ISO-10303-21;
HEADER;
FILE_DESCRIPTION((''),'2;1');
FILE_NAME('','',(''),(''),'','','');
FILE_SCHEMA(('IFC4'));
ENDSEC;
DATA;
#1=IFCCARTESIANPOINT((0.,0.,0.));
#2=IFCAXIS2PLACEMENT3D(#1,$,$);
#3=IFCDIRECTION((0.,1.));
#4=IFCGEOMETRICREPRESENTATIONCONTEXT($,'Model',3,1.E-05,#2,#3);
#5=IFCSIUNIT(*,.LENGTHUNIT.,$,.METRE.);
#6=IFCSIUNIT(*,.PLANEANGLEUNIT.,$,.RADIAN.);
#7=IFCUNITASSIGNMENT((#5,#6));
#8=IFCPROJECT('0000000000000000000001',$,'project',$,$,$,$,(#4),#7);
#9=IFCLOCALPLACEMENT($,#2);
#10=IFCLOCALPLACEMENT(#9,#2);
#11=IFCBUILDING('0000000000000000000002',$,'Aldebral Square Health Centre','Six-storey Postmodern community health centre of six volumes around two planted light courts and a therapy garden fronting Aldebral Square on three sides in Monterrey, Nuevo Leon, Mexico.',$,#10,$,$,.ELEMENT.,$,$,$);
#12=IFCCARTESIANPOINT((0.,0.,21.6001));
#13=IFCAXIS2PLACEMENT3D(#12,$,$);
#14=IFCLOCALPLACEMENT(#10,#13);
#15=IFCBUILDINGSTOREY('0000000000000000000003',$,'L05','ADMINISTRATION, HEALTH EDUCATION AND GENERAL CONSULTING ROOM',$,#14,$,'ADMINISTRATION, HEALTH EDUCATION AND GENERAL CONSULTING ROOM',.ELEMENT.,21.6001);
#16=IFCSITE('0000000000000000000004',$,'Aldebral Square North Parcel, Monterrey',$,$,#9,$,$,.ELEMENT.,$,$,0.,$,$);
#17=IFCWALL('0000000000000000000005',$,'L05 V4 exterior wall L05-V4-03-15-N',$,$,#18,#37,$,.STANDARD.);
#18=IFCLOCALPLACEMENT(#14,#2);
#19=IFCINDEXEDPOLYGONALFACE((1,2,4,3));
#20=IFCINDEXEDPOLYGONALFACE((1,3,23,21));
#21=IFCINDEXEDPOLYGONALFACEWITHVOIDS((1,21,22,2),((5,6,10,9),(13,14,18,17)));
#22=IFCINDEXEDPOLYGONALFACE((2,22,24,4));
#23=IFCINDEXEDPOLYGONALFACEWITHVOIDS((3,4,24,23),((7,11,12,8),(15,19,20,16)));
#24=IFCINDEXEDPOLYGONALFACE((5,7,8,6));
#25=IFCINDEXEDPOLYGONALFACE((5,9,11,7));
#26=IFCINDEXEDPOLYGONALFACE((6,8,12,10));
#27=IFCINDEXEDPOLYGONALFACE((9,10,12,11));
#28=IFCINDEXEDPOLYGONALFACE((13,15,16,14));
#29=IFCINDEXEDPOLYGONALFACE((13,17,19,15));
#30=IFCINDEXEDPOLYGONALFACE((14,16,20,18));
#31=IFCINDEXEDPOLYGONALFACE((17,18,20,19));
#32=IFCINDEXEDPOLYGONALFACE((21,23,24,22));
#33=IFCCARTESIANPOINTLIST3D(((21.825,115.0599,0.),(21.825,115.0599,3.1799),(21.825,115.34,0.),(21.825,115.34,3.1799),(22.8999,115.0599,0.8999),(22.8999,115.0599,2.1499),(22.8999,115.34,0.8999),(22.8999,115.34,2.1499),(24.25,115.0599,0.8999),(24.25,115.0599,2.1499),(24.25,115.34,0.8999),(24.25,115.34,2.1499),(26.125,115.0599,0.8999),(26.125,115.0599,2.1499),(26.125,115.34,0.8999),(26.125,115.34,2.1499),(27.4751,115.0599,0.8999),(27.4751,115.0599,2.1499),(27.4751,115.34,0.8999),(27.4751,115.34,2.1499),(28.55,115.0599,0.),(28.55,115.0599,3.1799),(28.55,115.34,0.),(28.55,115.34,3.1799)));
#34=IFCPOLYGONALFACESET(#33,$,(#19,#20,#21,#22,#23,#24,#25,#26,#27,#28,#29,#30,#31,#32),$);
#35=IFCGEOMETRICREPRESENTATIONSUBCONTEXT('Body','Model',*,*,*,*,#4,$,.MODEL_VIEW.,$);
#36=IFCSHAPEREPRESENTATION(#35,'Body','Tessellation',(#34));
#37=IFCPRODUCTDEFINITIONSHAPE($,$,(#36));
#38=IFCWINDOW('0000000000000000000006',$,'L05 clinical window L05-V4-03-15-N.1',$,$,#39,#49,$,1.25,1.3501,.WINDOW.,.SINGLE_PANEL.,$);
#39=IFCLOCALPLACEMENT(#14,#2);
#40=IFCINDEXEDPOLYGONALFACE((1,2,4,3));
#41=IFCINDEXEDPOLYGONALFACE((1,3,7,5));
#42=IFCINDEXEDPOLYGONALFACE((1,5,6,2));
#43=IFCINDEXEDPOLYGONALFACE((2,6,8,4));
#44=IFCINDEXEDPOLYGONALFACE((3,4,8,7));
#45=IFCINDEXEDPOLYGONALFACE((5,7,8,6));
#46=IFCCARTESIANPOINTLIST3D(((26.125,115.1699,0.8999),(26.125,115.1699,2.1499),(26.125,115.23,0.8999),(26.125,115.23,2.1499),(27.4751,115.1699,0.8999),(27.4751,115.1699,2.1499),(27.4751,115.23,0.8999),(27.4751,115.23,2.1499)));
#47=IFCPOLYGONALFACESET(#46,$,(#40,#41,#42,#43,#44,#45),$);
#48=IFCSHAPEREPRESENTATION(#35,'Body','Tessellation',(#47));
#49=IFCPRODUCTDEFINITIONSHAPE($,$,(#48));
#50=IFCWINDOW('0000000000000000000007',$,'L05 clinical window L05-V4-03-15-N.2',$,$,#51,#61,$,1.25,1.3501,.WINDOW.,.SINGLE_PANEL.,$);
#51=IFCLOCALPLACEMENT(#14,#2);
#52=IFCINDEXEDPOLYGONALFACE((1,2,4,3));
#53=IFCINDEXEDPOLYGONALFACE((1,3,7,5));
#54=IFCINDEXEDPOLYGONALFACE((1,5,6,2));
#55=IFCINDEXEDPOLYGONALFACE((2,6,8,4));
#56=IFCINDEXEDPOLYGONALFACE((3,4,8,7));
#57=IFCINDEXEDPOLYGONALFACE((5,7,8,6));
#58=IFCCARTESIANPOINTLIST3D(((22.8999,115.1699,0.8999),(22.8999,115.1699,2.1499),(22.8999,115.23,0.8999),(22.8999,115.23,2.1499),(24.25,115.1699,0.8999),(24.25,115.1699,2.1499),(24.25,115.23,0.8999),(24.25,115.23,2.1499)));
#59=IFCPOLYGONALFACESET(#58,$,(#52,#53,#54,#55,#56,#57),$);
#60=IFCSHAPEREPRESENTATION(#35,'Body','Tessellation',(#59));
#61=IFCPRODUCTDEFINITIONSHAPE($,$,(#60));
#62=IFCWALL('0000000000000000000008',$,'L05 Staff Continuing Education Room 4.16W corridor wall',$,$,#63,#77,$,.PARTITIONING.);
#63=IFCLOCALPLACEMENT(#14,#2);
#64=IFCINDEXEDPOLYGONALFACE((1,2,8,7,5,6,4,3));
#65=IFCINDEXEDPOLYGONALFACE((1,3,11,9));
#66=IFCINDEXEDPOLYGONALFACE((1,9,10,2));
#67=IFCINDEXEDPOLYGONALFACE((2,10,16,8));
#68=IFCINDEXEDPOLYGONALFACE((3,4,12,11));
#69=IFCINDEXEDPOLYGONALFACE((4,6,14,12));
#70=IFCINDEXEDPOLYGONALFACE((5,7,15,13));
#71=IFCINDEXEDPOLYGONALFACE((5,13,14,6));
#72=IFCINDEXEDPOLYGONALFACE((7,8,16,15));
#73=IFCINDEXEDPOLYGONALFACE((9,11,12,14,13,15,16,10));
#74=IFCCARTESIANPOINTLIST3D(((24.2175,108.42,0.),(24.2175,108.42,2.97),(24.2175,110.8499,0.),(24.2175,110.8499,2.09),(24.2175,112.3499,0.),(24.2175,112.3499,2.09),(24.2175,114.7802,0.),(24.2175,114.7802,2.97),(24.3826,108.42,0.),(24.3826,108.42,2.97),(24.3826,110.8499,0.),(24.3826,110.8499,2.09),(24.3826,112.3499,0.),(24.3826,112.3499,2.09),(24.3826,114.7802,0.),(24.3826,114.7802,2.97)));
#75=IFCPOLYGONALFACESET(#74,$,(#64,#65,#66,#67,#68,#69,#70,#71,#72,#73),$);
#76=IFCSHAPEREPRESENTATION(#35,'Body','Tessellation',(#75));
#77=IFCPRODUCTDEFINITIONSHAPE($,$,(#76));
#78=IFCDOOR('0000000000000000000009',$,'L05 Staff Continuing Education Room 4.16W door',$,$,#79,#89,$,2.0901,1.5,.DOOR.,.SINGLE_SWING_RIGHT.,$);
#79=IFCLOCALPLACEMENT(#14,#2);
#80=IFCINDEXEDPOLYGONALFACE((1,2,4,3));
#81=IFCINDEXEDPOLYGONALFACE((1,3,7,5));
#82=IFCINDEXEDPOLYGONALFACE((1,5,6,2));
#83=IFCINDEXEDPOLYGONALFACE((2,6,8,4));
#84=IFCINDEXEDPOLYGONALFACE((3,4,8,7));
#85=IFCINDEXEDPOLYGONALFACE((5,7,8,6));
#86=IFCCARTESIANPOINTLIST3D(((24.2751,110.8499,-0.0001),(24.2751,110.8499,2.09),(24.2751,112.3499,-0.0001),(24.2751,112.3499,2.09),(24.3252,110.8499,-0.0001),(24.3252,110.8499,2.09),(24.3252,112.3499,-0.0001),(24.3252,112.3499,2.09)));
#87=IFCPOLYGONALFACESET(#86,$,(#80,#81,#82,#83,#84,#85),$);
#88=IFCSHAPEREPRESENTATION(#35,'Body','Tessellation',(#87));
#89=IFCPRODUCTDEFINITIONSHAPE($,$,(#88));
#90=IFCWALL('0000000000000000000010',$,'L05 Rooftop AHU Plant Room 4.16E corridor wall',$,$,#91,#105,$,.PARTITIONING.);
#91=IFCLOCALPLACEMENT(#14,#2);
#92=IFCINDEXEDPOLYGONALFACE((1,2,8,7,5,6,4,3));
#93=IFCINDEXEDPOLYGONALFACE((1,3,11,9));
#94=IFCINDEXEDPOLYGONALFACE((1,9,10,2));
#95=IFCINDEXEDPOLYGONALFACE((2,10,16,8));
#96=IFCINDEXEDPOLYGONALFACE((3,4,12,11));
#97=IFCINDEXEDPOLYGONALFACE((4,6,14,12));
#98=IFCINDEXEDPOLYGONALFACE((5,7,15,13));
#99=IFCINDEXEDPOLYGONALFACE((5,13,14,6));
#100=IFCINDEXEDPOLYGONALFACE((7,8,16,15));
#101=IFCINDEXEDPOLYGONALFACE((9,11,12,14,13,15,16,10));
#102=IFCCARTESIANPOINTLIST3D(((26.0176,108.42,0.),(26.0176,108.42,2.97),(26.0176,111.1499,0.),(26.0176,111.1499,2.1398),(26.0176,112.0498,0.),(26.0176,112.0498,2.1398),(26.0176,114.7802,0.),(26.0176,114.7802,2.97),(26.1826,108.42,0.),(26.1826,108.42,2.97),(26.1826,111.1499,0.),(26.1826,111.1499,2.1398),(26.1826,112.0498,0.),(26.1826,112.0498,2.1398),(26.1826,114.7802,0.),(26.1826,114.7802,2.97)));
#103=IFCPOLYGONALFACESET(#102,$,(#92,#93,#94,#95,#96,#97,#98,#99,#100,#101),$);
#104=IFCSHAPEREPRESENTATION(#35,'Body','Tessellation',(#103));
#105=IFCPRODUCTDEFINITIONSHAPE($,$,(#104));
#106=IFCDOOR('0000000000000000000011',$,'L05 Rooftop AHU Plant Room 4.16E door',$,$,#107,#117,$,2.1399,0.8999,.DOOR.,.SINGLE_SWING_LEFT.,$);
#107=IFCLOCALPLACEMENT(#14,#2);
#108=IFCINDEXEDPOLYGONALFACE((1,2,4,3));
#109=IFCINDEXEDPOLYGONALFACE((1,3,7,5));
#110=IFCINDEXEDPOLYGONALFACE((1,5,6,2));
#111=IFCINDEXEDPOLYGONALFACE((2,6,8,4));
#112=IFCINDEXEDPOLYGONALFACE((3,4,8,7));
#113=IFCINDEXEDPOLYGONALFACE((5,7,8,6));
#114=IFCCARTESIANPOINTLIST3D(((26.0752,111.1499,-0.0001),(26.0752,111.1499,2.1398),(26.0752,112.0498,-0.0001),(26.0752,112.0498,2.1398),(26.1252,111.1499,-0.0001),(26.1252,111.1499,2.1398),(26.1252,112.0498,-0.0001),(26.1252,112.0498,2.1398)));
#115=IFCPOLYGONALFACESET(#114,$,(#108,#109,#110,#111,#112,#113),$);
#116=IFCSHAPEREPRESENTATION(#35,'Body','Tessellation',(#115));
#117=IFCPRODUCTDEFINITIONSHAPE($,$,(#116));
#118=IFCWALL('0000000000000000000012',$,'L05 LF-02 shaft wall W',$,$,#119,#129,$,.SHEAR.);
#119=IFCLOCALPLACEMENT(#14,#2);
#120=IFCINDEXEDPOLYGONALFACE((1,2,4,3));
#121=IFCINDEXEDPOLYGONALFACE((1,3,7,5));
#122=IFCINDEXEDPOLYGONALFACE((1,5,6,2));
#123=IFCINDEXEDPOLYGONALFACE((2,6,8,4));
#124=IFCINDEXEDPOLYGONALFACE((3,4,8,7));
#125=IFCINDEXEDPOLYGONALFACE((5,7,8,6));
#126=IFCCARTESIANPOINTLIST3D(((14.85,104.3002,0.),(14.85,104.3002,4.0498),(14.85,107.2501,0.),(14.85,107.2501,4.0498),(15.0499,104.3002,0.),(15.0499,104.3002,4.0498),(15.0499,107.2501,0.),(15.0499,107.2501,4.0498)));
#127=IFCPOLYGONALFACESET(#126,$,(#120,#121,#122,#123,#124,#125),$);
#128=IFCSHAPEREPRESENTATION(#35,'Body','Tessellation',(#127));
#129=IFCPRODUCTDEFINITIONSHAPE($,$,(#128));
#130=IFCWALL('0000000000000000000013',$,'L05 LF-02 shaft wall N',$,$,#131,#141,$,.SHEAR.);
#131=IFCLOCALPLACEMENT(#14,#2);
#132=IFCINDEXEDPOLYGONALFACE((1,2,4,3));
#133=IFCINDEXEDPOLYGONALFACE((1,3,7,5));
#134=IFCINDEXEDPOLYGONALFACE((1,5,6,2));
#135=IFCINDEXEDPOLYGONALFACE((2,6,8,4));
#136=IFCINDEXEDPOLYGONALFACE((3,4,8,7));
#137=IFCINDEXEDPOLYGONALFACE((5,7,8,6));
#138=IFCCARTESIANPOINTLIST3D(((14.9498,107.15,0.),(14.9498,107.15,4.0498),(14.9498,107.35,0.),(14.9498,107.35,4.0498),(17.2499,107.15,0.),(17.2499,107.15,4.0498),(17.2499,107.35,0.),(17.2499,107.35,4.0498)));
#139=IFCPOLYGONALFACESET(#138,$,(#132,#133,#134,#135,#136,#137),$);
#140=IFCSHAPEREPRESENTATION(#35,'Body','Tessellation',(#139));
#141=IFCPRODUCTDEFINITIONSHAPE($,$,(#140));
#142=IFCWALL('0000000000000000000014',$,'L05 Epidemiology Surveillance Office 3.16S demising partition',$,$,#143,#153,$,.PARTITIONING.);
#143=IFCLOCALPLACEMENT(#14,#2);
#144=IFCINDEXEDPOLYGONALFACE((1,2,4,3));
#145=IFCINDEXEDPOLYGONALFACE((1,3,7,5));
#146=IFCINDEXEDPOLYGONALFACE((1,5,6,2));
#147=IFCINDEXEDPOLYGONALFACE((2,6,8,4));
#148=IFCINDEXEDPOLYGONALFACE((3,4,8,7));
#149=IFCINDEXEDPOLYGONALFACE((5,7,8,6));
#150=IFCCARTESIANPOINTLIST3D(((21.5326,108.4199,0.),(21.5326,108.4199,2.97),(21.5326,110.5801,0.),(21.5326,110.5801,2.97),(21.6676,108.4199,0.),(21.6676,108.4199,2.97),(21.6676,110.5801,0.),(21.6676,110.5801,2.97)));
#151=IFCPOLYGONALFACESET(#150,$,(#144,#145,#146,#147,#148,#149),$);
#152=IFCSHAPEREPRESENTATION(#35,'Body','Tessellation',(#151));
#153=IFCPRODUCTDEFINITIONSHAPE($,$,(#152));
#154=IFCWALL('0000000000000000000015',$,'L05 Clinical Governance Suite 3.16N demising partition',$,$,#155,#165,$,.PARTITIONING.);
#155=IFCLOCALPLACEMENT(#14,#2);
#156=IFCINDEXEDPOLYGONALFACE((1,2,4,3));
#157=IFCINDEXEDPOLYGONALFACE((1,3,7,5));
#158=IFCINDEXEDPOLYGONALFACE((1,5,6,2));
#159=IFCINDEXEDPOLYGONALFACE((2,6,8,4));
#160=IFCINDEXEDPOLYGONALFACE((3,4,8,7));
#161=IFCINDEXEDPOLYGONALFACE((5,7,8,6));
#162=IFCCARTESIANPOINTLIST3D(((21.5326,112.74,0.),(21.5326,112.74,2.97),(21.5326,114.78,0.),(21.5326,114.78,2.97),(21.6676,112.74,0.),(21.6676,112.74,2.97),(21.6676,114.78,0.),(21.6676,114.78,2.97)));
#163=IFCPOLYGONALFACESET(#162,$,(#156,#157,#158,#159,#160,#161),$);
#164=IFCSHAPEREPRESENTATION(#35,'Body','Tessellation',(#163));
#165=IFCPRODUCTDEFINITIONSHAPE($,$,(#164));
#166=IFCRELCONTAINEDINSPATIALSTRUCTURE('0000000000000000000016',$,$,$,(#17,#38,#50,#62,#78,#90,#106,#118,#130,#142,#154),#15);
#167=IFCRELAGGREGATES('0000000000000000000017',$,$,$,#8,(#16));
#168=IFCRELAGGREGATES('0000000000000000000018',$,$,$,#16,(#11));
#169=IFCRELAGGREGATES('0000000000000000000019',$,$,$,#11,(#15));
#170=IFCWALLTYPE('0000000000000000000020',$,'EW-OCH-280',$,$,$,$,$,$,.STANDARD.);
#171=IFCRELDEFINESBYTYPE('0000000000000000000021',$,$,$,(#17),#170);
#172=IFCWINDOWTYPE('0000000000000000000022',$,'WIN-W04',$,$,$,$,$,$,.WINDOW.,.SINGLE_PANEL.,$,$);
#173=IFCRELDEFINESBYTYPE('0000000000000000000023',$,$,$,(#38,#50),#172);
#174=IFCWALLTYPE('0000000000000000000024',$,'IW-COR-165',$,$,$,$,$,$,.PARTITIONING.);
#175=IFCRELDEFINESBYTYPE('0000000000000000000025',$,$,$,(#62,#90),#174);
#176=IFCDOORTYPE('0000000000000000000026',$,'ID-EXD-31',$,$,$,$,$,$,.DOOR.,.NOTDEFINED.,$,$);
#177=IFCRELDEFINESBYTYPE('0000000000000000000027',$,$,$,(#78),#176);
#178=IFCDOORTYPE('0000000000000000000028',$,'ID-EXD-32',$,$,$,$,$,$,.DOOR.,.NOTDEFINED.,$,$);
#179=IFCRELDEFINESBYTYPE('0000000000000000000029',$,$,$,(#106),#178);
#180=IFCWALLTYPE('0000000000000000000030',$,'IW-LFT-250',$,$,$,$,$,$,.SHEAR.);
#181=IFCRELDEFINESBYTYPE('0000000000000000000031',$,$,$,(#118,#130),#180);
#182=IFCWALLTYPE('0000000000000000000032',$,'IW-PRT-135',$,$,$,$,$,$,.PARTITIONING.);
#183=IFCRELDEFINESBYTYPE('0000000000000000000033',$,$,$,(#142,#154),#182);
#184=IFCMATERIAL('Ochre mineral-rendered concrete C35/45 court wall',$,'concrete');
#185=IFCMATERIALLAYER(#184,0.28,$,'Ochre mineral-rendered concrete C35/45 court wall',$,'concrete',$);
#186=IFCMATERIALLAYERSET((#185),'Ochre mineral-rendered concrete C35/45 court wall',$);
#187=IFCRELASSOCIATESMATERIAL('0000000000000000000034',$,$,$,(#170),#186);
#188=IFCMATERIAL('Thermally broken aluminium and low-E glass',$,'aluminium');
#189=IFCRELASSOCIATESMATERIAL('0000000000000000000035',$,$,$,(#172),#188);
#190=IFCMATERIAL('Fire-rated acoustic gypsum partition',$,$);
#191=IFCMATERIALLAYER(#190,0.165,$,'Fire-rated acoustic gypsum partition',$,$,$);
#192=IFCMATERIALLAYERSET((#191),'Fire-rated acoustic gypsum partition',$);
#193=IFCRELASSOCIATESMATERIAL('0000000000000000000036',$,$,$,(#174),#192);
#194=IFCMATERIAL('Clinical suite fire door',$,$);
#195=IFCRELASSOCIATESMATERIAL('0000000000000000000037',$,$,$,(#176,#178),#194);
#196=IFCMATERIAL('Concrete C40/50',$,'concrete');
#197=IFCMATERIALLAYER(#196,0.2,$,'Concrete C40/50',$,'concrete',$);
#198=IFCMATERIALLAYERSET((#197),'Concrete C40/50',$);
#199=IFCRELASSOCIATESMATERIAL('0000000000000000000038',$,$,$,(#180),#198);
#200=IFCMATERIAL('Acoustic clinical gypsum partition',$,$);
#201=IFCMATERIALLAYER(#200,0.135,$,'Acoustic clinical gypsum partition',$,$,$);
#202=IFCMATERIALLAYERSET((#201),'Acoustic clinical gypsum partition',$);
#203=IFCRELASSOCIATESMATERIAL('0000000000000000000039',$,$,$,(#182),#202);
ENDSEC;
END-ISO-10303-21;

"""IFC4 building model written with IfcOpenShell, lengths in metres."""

from ifc_helpers import new_model, si_unit, direction, frame, frame_2d, origin, place, context, subcontext, project, spatial, rectangle, extrude, material, layer, layer_set, type_object, element, fill, save


model = new_model("IFC4")

# Units and contexts
model_context = context("Model", 3, precision=1e-05, world=origin(), true_north=direction((0.0, 1.0)))
body_context = subcontext(model_context, "Body", "Model", "MODEL_VIEW")
ifc_project = project(units=[si_unit("LENGTHUNIT", "METRE"), si_unit("PLANEANGLEUNIT", "RADIAN")], contexts=[model_context])

# Site, building, storey
site_placement = place(None, origin())
site = spatial("IfcSite", under=ifc_project, at=site_placement, Name="Aldebral Square North Parcel, Monterrey", CompositionType="ELEMENT", RefElevation=0.0)
building_placement = place(site_placement, origin())
building = spatial("IfcBuilding", under=site, at=building_placement, Name="Aldebral Square Health Centre", Description="Six-storey Postmodern community health centre of six volumes around two planted light courts and a therapy garden fronting Aldebral Square on three sides in Monterrey, Nuevo Leon, Mexico.", CompositionType="ELEMENT")
storey_placement = place(building_placement, frame((0.0, 0.0, 21.6001)))
storey = spatial("IfcBuildingStorey", under=building, at=storey_placement, Name="L05", Description="ADMINISTRATION, HEALTH EDUCATION AND GENERAL CONSULTING ROOM", LongName="ADMINISTRATION, HEALTH EDUCATION AND GENERAL CONSULTING ROOM", CompositionType="ELEMENT", Elevation=21.6001)

# Shared definitions
ifc_material_1 = material(Name="Concrete C40/50", Category="concrete")

# Wall, openings, windows
ifc_material_2 = material(Name="Ochre mineral-rendered concrete C35/45 court wall", Category="concrete")
ifc_layer_1 = layer(ifc_material_2, 0.28, Name="Ochre mineral-rendered concrete C35/45 court wall", Category="concrete")
ifc_layer_set_1 = layer_set([ifc_layer_1], Name="Ochre mineral-rendered concrete C35/45 court wall")
wall_type_1 = type_object("IfcWallType", Name="EW-OCH-280", PredefinedType="STANDARD", material=ifc_layer_set_1)
ifc_material_3 = material(Name="Thermally broken aluminium and low-E glass", Category="aluminium")
wall_1_placement = place(storey_placement, frame((28.55, 115.2, 0.0), z_axis=(0.0, 0.0, 1.0), x_axis=(-1.0, 0.0, 0.0)))
wall_1 = element("IfcWall", 1, at=wall_1_placement, inside=storey, type_object=wall_type_1, Name="L05 V4 exterior wall L05-V4-03-15-N", PredefinedType="STANDARD", context=body_context, shape_type="SweptSolid", body=[
    extrude(rectangle(XDim=6.7251, YDim=0.28, at=frame_2d((3.3625, 0.0))), origin(), (0.0, 0.0, 1.0), 3.1799),
])
opening_1_placement = place(wall_1_placement, frame((1.075, 0.0, 0.8999)))
opening_1 = element("IfcOpeningElement", 2, at=opening_1_placement, cuts=wall_1, PredefinedType="OPENING", context=body_context, shape_type="SweptSolid", body=[
    extrude(rectangle(XDim=1.3501, YDim=1.25, at=frame_2d((0.675, 0.625))), frame((0.0, 0.1499, 0.0), z_axis=(0.0, -1.0, 0.0), x_axis=(1.0, 0.0, 0.0)), (0.0, 0.0, 1.0), 0.3),
])
opening_2_placement = place(wall_1_placement, frame((4.3, 0.0, 0.8999)))
opening_2 = element("IfcOpeningElement", 3, at=opening_2_placement, cuts=wall_1, PredefinedType="OPENING", context=body_context, shape_type="SweptSolid", body=[
    extrude(rectangle(XDim=1.3501, YDim=1.25, at=frame_2d((0.675, 0.625))), frame((0.0, 0.1499, 0.0), z_axis=(0.0, -1.0, 0.0), x_axis=(1.0, 0.0, 0.0)), (0.0, 0.0, 1.0), 0.3),
])
window_type_1 = type_object("IfcWindowType", Name="WIN-W04", PartitioningType="SINGLE_PANEL", PredefinedType="WINDOW", material=ifc_material_3)
window_1_placement = place(opening_1_placement, origin())
window_1 = element("IfcWindow", 4, at=window_1_placement, inside=storey, type_object=window_type_1, Name="L05 clinical window L05-V4-03-15-N.1", OverallHeight=1.25, OverallWidth=1.3501, PartitioningType="SINGLE_PANEL", PredefinedType="WINDOW", context=body_context, shape_type="SweptSolid", body=[
    extrude(rectangle(XDim=1.3501, YDim=1.25, at=frame_2d((0.675, 0.625))), frame((0.0, 0.03, 0.0), z_axis=(0.0, -1.0, 0.0), x_axis=(1.0, 0.0, 0.0)), (0.0, 0.0, 1.0), 0.0601),
])
fill(opening_1, window_1)
window_2_placement = place(opening_2_placement, origin())
window_2 = element("IfcWindow", 5, at=window_2_placement, inside=storey, type_object=window_type_1, Name="L05 clinical window L05-V4-03-15-N.2", OverallHeight=1.25, OverallWidth=1.3501, PartitioningType="SINGLE_PANEL", PredefinedType="WINDOW", context=body_context, shape_type="SweptSolid", body=[
    extrude(rectangle(XDim=1.3501, YDim=1.25, at=frame_2d((0.675, 0.625))), frame((0.0, 0.03, 0.0), z_axis=(0.0, -1.0, 0.0), x_axis=(1.0, 0.0, 0.0)), (0.0, 0.0, 1.0), 0.0601),
])
fill(opening_2, window_2)

# Walls, openings, doors
ifc_material_4 = material(Name="Fire-rated acoustic gypsum partition")
ifc_layer_2 = layer(ifc_material_4, 0.165, Name="Fire-rated acoustic gypsum partition")
ifc_layer_set_2 = layer_set([ifc_layer_2], Name="Fire-rated acoustic gypsum partition")
wall_type_2 = type_object("IfcWallType", Name="IW-COR-165", PredefinedType="PARTITIONING", material=ifc_layer_set_2)
wall_2_placement = place(storey_placement, frame((24.3, 108.4199, 0.0), z_axis=(0.0, 0.0, 1.0), x_axis=(0.0, 1.0, 0.0)))
wall_2 = element("IfcWall", 6, at=wall_2_placement, inside=storey, type_object=wall_type_2, Name="L05 Staff Continuing Education Room 4.16W corridor wall", PredefinedType="PARTITIONING", context=body_context, shape_type="SweptSolid", body=[
    extrude(rectangle(XDim=6.3601, YDim=0.165, at=frame_2d((3.1802, 0.0))), origin(), (0.0, 0.0, 1.0), 2.97),
])
opening_3_placement = place(wall_2_placement, frame((2.4299, 0.0, 0.0)))
opening_3 = element("IfcOpeningElement", 7, at=opening_3_placement, cuts=wall_2, PredefinedType="OPENING", context=body_context, shape_type="SweptSolid", body=[
    extrude(rectangle(XDim=1.5, YDim=2.0901, at=frame_2d((0.75, 1.0449))), frame((0.0, 0.0925, 0.0), z_axis=(0.0, -1.0, 0.0), x_axis=(1.0, 0.0, 0.0)), (0.0, 0.0, 1.0), 0.1851),
])
ifc_material_5 = material(Name="Clinical suite fire door")
door_type_1 = type_object("IfcDoorType", Name="ID-EXD-31", OperationType="NOTDEFINED", PredefinedType="DOOR", material=ifc_material_5)
door_1_placement = place(opening_3_placement, origin())
door_1 = element("IfcDoor", 8, at=door_1_placement, inside=storey, type_object=door_type_1, Name="L05 Staff Continuing Education Room 4.16W door", OperationType="SINGLE_SWING_RIGHT", OverallHeight=2.0901, OverallWidth=1.5, PredefinedType="DOOR", context=body_context, shape_type="SweptSolid", body=[
    extrude(rectangle(XDim=1.5, YDim=2.0901, at=frame_2d((0.75, 1.0449))), frame((0.0, 0.0249, 0.0), z_axis=(0.0, -1.0, 0.0), x_axis=(1.0, 0.0, 0.0)), (0.0, 0.0, 1.0), 0.05),
])
fill(opening_3, door_1)
wall_3_placement = place(storey_placement, frame((26.1001, 108.4199, 0.0), z_axis=(0.0, 0.0, 1.0), x_axis=(0.0, 1.0, 0.0)))
wall_3 = element("IfcWall", 9, at=wall_3_placement, inside=storey, type_object=wall_type_2, Name="L05 Rooftop AHU Plant Room 4.16E corridor wall", PredefinedType="PARTITIONING", context=body_context, shape_type="SweptSolid", body=[
    extrude(rectangle(XDim=6.3601, YDim=0.165, at=frame_2d((3.1802, 0.0))), origin(), (0.0, 0.0, 1.0), 2.97),
])
opening_4_placement = place(wall_3_placement, frame((2.73, 0.0, 0.0)))
opening_4 = element("IfcOpeningElement", 10, at=opening_4_placement, cuts=wall_3, PredefinedType="OPENING", context=body_context, shape_type="SweptSolid", body=[
    extrude(rectangle(XDim=0.8999, YDim=2.1399, at=frame_2d((0.45, 1.0698))), frame((0.0, 0.0925, 0.0), z_axis=(0.0, -1.0, 0.0), x_axis=(1.0, 0.0, 0.0)), (0.0, 0.0, 1.0), 0.1851),
])
door_type_2 = type_object("IfcDoorType", Name="ID-EXD-32", OperationType="NOTDEFINED", PredefinedType="DOOR", material=ifc_material_5)
door_2_placement = place(opening_4_placement, origin())
door_2 = element("IfcDoor", 11, at=door_2_placement, inside=storey, type_object=door_type_2, Name="L05 Rooftop AHU Plant Room 4.16E door", OperationType="SINGLE_SWING_LEFT", OverallHeight=2.1399, OverallWidth=0.8999, PredefinedType="DOOR", context=body_context, shape_type="SweptSolid", body=[
    extrude(rectangle(XDim=0.8999, YDim=2.1399, at=frame_2d((0.45, 1.0698))), frame((0.0, 0.0249, 0.0), z_axis=(0.0, -1.0, 0.0), x_axis=(1.0, 0.0, 0.0)), (0.0, 0.0, 1.0), 0.05),
])
fill(opening_4, door_2)

# Walls
ifc_layer_3 = layer(ifc_material_1, 0.2, Name="Concrete C40/50", Category="concrete")
ifc_layer_set_3 = layer_set([ifc_layer_3], Name="Concrete C40/50")
wall_type_3 = type_object("IfcWallType", Name="IW-LFT-250", PredefinedType="SHEAR", material=ifc_layer_set_3)
wall_4_placement = place(storey_placement, frame((14.95, 104.3, 0.0), z_axis=(0.0, 0.0, 1.0), x_axis=(0.0, 1.0, 0.0)))
element("IfcWall", 12, at=wall_4_placement, inside=storey, type_object=wall_type_3, Name="L05 LF-02 shaft wall W", PredefinedType="SHEAR", context=body_context, shape_type="SweptSolid", body=[
    extrude(rectangle(XDim=2.95, YDim=0.2, at=frame_2d((1.4751, 0.0))), origin(), (0.0, 0.0, 1.0), 4.0498),
])
wall_5_placement = place(storey_placement, frame((14.95, 107.25, 0.0), z_axis=(0.0, 0.0, 1.0), x_axis=(1.0, 0.0, 0.0)))
element("IfcWall", 13, at=wall_5_placement, inside=storey, type_object=wall_type_3, Name="L05 LF-02 shaft wall N", PredefinedType="SHEAR", context=body_context, shape_type="SweptSolid", body=[
    extrude(rectangle(XDim=2.3, YDim=0.2, at=frame_2d((1.1499, 0.0))), origin(), (0.0, 0.0, 1.0), 4.0498),
])

# Walls
ifc_material_6 = material(Name="Acoustic clinical gypsum partition")
ifc_layer_4 = layer(ifc_material_6, 0.135, Name="Acoustic clinical gypsum partition")
ifc_layer_set_4 = layer_set([ifc_layer_4], Name="Acoustic clinical gypsum partition")
wall_type_4 = type_object("IfcWallType", Name="IW-PRT-135", PredefinedType="PARTITIONING", material=ifc_layer_set_4)
wall_6_placement = place(storey_placement, frame((21.6001, 108.4199, 0.0), z_axis=(0.0, 0.0, 1.0), x_axis=(0.0, 1.0, 0.0)))
element("IfcWall", 14, at=wall_6_placement, inside=storey, type_object=wall_type_4, Name="L05 Epidemiology Surveillance Office 3.16S demising partition", PredefinedType="PARTITIONING", context=body_context, shape_type="SweptSolid", body=[
    extrude(rectangle(XDim=2.1602, YDim=0.135, at=frame_2d((1.0801, 0.0))), origin(), (0.0, 0.0, 1.0), 2.97),
])
wall_7_placement = place(storey_placement, frame((21.6001, 112.74, 0.0), z_axis=(0.0, 0.0, 1.0), x_axis=(0.0, 1.0, 0.0)))
element("IfcWall", 15, at=wall_7_placement, inside=storey, type_object=wall_type_4, Name="L05 Clinical Governance Suite 3.16N demising partition", PredefinedType="PARTITIONING", context=body_context, shape_type="SweptSolid", body=[
    extrude(rectangle(XDim=2.04, YDim=0.135, at=frame_2d((1.02, 0.0))), origin(), (0.0, 0.0, 1.0), 2.97),
])

save(model, "model.ifc")
